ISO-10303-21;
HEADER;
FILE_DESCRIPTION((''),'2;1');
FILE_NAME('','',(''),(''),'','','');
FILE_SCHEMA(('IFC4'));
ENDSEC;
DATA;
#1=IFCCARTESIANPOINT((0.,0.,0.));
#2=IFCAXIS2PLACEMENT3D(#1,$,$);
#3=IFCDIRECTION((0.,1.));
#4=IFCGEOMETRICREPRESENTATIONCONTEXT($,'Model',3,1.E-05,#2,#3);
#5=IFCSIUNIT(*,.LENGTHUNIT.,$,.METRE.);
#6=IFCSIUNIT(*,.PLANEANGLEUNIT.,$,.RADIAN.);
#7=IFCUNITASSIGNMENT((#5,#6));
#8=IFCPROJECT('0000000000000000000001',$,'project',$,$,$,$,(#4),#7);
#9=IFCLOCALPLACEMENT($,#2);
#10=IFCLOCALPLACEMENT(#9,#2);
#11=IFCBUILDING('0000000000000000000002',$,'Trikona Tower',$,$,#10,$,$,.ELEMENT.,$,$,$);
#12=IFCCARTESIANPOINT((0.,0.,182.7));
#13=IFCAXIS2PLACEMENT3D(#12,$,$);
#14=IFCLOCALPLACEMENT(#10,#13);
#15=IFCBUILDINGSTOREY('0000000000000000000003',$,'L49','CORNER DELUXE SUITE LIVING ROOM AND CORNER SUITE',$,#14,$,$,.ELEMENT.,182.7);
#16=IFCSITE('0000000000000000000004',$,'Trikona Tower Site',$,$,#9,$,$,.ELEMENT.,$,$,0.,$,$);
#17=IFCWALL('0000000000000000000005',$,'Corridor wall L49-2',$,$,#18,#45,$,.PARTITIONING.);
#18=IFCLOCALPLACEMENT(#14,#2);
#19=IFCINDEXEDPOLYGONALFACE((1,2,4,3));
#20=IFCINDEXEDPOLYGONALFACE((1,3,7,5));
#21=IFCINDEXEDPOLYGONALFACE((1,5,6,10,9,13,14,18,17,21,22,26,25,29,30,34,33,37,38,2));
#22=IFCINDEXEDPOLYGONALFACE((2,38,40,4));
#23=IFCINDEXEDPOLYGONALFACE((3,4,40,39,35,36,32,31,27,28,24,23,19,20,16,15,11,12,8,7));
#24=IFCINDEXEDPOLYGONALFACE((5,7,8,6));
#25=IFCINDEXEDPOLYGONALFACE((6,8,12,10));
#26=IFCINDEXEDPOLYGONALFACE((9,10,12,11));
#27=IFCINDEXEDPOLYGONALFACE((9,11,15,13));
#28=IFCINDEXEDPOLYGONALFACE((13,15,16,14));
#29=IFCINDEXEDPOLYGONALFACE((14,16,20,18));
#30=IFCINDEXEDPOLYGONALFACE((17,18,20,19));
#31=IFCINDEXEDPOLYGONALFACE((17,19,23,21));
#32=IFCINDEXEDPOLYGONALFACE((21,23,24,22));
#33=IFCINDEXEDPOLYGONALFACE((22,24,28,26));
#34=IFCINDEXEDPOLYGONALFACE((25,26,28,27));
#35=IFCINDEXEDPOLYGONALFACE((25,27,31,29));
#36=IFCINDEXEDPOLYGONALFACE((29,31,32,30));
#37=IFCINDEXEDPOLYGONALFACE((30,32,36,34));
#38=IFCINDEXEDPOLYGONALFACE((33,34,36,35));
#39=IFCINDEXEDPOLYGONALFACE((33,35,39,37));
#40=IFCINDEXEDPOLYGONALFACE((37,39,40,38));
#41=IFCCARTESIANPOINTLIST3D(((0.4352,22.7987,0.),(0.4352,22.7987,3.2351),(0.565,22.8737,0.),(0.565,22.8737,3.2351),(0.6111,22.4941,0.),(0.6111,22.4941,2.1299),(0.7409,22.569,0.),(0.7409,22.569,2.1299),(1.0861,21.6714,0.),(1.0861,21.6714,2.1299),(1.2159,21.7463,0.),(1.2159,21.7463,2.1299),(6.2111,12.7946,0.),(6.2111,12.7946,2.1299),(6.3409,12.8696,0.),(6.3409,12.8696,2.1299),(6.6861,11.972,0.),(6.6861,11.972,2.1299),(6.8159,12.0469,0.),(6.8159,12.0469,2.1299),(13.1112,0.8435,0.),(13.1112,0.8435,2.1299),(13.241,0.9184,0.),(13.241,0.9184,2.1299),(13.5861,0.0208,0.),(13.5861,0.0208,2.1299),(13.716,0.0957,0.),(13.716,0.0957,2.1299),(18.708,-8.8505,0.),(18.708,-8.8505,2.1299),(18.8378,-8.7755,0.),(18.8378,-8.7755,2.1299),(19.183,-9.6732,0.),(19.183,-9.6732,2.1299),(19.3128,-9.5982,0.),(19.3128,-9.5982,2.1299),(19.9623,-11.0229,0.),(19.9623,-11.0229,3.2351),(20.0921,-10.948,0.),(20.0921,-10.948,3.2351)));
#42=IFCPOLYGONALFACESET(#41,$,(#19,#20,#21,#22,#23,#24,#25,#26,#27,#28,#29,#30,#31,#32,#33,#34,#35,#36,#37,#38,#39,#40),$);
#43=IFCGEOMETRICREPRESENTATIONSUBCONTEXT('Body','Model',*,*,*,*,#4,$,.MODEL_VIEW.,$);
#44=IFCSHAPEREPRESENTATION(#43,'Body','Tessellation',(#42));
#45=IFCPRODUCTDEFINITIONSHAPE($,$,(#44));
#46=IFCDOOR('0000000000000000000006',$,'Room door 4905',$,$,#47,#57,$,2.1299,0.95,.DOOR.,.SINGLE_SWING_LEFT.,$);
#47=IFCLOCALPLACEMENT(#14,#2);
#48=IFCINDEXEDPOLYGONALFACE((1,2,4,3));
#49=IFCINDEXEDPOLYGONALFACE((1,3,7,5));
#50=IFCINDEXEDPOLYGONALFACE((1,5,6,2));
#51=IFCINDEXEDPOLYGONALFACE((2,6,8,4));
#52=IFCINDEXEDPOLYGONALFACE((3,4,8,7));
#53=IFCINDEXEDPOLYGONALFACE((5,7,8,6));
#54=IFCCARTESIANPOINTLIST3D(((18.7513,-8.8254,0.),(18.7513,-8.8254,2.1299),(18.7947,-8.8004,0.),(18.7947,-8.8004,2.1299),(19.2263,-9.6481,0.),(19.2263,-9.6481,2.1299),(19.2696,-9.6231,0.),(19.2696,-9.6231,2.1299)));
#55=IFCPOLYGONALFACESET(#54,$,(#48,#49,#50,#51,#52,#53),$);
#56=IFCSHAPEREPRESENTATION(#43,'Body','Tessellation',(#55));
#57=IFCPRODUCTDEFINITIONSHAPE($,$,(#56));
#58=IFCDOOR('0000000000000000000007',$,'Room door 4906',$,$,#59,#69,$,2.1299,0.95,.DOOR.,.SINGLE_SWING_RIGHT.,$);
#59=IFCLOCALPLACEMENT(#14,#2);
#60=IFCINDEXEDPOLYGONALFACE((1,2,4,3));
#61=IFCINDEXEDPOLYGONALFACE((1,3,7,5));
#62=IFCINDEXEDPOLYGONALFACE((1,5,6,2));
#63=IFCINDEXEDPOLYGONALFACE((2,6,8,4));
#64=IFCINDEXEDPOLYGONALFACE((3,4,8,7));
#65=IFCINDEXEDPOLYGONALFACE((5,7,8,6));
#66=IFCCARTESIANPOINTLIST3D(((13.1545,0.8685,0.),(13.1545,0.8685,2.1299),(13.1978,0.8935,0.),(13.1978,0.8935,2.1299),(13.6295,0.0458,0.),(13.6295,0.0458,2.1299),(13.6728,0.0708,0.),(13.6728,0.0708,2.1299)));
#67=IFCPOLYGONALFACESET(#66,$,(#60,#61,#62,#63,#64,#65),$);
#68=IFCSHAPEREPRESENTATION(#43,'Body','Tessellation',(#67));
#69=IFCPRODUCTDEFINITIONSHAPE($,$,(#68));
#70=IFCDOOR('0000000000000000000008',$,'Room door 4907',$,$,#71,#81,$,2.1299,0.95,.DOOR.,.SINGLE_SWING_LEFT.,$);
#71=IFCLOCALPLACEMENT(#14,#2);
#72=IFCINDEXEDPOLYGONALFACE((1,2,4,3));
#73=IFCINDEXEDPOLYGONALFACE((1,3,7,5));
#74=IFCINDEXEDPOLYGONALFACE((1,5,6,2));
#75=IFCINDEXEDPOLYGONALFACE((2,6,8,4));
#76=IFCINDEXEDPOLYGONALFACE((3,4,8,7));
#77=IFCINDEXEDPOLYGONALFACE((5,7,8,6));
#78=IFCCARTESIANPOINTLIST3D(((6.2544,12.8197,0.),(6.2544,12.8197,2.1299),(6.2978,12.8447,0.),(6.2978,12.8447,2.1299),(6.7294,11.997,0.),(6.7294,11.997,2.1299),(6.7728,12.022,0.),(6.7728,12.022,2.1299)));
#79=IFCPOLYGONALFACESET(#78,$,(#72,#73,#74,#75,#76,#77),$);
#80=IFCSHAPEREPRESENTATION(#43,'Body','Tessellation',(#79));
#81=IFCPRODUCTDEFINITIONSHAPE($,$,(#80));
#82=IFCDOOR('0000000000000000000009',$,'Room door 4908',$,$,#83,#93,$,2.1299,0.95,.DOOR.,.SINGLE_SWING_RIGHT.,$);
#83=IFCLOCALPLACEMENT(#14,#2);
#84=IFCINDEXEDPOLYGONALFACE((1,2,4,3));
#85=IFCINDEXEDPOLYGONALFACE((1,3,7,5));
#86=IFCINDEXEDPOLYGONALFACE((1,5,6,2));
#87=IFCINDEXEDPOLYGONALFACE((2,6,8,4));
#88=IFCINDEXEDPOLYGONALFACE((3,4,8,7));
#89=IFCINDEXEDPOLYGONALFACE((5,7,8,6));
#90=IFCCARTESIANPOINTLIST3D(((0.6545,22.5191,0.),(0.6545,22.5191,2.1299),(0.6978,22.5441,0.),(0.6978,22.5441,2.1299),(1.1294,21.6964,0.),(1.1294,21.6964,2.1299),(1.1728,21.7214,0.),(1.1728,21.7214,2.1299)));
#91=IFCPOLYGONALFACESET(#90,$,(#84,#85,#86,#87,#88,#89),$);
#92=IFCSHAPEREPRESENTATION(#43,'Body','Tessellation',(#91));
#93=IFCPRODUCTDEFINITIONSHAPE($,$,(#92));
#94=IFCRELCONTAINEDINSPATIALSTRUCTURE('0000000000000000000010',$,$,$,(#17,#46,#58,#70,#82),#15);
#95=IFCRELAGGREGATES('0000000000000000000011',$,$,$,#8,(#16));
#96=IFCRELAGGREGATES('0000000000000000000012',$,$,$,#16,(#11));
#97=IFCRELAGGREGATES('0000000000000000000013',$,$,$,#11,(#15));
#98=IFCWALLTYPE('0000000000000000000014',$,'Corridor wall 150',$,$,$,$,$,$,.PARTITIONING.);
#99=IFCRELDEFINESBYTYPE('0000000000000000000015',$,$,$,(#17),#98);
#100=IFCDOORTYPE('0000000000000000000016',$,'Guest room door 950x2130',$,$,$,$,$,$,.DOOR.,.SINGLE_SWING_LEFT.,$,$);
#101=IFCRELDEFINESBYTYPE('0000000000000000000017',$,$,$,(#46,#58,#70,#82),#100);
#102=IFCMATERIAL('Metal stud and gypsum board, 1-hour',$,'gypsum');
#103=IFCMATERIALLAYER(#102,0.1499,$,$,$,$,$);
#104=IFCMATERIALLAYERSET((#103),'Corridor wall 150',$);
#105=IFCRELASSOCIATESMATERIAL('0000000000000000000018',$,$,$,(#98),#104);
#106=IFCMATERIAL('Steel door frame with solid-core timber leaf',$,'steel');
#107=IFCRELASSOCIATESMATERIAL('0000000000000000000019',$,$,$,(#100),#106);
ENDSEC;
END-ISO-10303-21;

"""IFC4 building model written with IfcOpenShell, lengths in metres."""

from ifc_helpers import new_model, si_unit, direction, frame, frame_2d, origin, place, context, subcontext, project, spatial, rectangle, extrude, material, layer, layer_set, type_object, element, fill, save


model = new_model("IFC4")

# Units and contexts
model_context = context("Model", 3, precision=1e-05, world=origin(), true_north=direction((0.0, 1.0)))
body_context = subcontext(model_context, "Body", "Model", "MODEL_VIEW")
ifc_project = project(units=[si_unit("LENGTHUNIT", "METRE"), si_unit("PLANEANGLEUNIT", "RADIAN")], contexts=[model_context])

# Site, building, storey
site_placement = place(None, origin())
site = spatial("IfcSite", under=ifc_project, at=site_placement, Name="Trikona Tower Site", CompositionType="ELEMENT", RefElevation=0.0)
building_placement = place(site_placement, origin())
building = spatial("IfcBuilding", under=site, at=building_placement, Name="Trikona Tower", CompositionType="ELEMENT")
storey_placement = place(building_placement, frame((0.0, 0.0, 182.7)))
storey = spatial("IfcBuildingStorey", under=building, at=storey_placement, Name="L49", Description="CORNER DELUXE SUITE LIVING ROOM AND CORNER SUITE", CompositionType="ELEMENT", Elevation=182.7)

# Wall, openings, doors
ifc_material_1 = material(Name="Metal stud and gypsum board, 1-hour", Category="gypsum")
ifc_layer_1 = layer(ifc_material_1, 0.1499)
ifc_layer_set_1 = layer_set([ifc_layer_1], Name="Corridor wall 150")
wall_type_1 = type_object("IfcWallType", Name="Corridor wall 150", PredefinedType="PARTITIONING", material=ifc_layer_set_1)
wall_1_placement = place(storey_placement, frame((20.0271, -10.9854, 0.0), z_axis=(0.0, 0.0, 1.0), x_axis=(-0.500002, 0.866024, 0.0)))
wall_1 = element("IfcWall", 1, at=wall_1_placement, inside=storey, type_object=wall_type_1, Name="Corridor wall L49-2", PredefinedType="PARTITIONING", context=body_context, shape_type="SweptSolid", body=[
    extrude(rectangle(XDim=39.054, YDim=0.1499, at=frame_2d((19.5269, 0.0))), origin(), (0.0, 0.0, 1.0), 3.2351),
])
opening_1_placement = place(wall_1_placement, frame((1.5583, 0.0, 0.0)))
opening_1 = element("IfcOpeningElement", 2, at=opening_1_placement, cuts=wall_1, PredefinedType="OPENING", context=body_context, shape_type="SweptSolid", body=[
    extrude(rectangle(XDim=0.95, YDim=2.1299, at=frame_2d((0.4751, 1.0649))), frame((0.0, 0.085, 0.0), z_axis=(0.0, -1.0, 0.0), x_axis=(1.0, 0.0, 0.0)), (0.0, 0.0, 1.0), 0.1699),
])
opening_2_placement = place(wall_1_placement, frame((12.752, 0.0, 0.0)))
opening_2 = element("IfcOpeningElement", 3, at=opening_2_placement, cuts=wall_1, PredefinedType="OPENING", context=body_context, shape_type="SweptSolid", body=[
    extrude(rectangle(XDim=0.95, YDim=2.1299, at=frame_2d((0.4751, 1.0649))), frame((0.0, 0.085, 0.0), z_axis=(0.0, -1.0, 0.0), x_axis=(1.0, 0.0, 0.0)), (0.0, 0.0, 1.0), 0.1699),
])
opening_3_placement = place(wall_1_placement, frame((26.552, 0.0, 0.0)))
opening_3 = element("IfcOpeningElement", 4, at=opening_3_placement, cuts=wall_1, PredefinedType="OPENING", context=body_context, shape_type="SweptSolid", body=[
    extrude(rectangle(XDim=0.95, YDim=2.1299, at=frame_2d((0.4751, 1.0649))), frame((0.0, 0.085, 0.0), z_axis=(0.0, -1.0, 0.0), x_axis=(1.0, 0.0, 0.0)), (0.0, 0.0, 1.0), 0.1699),
])
opening_4_placement = place(wall_1_placement, frame((37.752, 0.0, 0.0)))
opening_4 = element("IfcOpeningElement", 5, at=opening_4_placement, cuts=wall_1, PredefinedType="OPENING", context=body_context, shape_type="SweptSolid", body=[
    extrude(rectangle(XDim=0.95, YDim=2.1299, at=frame_2d((0.4751, 1.0649))), frame((0.0, 0.085, 0.0), z_axis=(0.0, -1.0, 0.0), x_axis=(1.0, 0.0, 0.0)), (0.0, 0.0, 1.0), 0.1699),
])
ifc_material_2 = material(Name="Steel door frame with solid-core timber leaf", Category="steel")
door_type = type_object("IfcDoorType", Name="Guest room door 950x2130", OperationType="SINGLE_SWING_LEFT", PredefinedType="DOOR", material=ifc_material_2)
door_1_placement = place(opening_1_placement, origin())
door_1 = element("IfcDoor", 6, at=door_1_placement, inside=storey, type_object=door_type, Name="Room door 4905", OperationType="SINGLE_SWING_LEFT", OverallHeight=2.1299, OverallWidth=0.95, PredefinedType="DOOR", context=body_context, shape_type="SweptSolid", body=[
    extrude(rectangle(XDim=0.95, YDim=2.1299, at=frame_2d((0.4751, 1.0649))), frame((0.0, 0.0249, 0.0), z_axis=(0.0, -1.0, 0.0), x_axis=(1.0, 0.0, 0.0)), (0.0, 0.0, 1.0), 0.05),
])
fill(opening_1, door_1)
door_2_placement = place(opening_2_placement, origin())
door_2 = element("IfcDoor", 7, at=door_2_placement, inside=storey, type_object=door_type, Name="Room door 4906", OperationType="SINGLE_SWING_RIGHT", OverallHeight=2.1299, OverallWidth=0.95, PredefinedType="DOOR", context=body_context, shape_type="SweptSolid", body=[
    extrude(rectangle(XDim=0.95, YDim=2.1299, at=frame_2d((0.4751, 1.0649))), frame((0.0, 0.0249, 0.0), z_axis=(0.0, -1.0, 0.0), x_axis=(1.0, 0.0, 0.0)), (0.0, 0.0, 1.0), 0.05),
])
fill(opening_2, door_2)
door_3_placement = place(opening_3_placement, origin())
door_3 = element("IfcDoor", 8, at=door_3_placement, inside=storey, type_object=door_type, Name="Room door 4907", OperationType="SINGLE_SWING_LEFT", OverallHeight=2.1299, OverallWidth=0.95, PredefinedType="DOOR", context=body_context, shape_type="SweptSolid", body=[
    extrude(rectangle(XDim=0.95, YDim=2.1299, at=frame_2d((0.4751, 1.0649))), frame((0.0, 0.0249, 0.0), z_axis=(0.0, -1.0, 0.0), x_axis=(1.0, 0.0, 0.0)), (0.0, 0.0, 1.0), 0.05),
])
fill(opening_3, door_3)
door_4_placement = place(opening_4_placement, origin())
door_4 = element("IfcDoor", 9, at=door_4_placement, inside=storey, type_object=door_type, Name="Room door 4908", OperationType="SINGLE_SWING_RIGHT", OverallHeight=2.1299, OverallWidth=0.95, PredefinedType="DOOR", context=body_context, shape_type="SweptSolid", body=[
    extrude(rectangle(XDim=0.95, YDim=2.1299, at=frame_2d((0.4751, 1.0649))), frame((0.0, 0.0249, 0.0), z_axis=(0.0, -1.0, 0.0), x_axis=(1.0, 0.0, 0.0)), (0.0, 0.0, 1.0), 0.05),
])
fill(opening_4, door_4)

save(model, "model.ifc")
